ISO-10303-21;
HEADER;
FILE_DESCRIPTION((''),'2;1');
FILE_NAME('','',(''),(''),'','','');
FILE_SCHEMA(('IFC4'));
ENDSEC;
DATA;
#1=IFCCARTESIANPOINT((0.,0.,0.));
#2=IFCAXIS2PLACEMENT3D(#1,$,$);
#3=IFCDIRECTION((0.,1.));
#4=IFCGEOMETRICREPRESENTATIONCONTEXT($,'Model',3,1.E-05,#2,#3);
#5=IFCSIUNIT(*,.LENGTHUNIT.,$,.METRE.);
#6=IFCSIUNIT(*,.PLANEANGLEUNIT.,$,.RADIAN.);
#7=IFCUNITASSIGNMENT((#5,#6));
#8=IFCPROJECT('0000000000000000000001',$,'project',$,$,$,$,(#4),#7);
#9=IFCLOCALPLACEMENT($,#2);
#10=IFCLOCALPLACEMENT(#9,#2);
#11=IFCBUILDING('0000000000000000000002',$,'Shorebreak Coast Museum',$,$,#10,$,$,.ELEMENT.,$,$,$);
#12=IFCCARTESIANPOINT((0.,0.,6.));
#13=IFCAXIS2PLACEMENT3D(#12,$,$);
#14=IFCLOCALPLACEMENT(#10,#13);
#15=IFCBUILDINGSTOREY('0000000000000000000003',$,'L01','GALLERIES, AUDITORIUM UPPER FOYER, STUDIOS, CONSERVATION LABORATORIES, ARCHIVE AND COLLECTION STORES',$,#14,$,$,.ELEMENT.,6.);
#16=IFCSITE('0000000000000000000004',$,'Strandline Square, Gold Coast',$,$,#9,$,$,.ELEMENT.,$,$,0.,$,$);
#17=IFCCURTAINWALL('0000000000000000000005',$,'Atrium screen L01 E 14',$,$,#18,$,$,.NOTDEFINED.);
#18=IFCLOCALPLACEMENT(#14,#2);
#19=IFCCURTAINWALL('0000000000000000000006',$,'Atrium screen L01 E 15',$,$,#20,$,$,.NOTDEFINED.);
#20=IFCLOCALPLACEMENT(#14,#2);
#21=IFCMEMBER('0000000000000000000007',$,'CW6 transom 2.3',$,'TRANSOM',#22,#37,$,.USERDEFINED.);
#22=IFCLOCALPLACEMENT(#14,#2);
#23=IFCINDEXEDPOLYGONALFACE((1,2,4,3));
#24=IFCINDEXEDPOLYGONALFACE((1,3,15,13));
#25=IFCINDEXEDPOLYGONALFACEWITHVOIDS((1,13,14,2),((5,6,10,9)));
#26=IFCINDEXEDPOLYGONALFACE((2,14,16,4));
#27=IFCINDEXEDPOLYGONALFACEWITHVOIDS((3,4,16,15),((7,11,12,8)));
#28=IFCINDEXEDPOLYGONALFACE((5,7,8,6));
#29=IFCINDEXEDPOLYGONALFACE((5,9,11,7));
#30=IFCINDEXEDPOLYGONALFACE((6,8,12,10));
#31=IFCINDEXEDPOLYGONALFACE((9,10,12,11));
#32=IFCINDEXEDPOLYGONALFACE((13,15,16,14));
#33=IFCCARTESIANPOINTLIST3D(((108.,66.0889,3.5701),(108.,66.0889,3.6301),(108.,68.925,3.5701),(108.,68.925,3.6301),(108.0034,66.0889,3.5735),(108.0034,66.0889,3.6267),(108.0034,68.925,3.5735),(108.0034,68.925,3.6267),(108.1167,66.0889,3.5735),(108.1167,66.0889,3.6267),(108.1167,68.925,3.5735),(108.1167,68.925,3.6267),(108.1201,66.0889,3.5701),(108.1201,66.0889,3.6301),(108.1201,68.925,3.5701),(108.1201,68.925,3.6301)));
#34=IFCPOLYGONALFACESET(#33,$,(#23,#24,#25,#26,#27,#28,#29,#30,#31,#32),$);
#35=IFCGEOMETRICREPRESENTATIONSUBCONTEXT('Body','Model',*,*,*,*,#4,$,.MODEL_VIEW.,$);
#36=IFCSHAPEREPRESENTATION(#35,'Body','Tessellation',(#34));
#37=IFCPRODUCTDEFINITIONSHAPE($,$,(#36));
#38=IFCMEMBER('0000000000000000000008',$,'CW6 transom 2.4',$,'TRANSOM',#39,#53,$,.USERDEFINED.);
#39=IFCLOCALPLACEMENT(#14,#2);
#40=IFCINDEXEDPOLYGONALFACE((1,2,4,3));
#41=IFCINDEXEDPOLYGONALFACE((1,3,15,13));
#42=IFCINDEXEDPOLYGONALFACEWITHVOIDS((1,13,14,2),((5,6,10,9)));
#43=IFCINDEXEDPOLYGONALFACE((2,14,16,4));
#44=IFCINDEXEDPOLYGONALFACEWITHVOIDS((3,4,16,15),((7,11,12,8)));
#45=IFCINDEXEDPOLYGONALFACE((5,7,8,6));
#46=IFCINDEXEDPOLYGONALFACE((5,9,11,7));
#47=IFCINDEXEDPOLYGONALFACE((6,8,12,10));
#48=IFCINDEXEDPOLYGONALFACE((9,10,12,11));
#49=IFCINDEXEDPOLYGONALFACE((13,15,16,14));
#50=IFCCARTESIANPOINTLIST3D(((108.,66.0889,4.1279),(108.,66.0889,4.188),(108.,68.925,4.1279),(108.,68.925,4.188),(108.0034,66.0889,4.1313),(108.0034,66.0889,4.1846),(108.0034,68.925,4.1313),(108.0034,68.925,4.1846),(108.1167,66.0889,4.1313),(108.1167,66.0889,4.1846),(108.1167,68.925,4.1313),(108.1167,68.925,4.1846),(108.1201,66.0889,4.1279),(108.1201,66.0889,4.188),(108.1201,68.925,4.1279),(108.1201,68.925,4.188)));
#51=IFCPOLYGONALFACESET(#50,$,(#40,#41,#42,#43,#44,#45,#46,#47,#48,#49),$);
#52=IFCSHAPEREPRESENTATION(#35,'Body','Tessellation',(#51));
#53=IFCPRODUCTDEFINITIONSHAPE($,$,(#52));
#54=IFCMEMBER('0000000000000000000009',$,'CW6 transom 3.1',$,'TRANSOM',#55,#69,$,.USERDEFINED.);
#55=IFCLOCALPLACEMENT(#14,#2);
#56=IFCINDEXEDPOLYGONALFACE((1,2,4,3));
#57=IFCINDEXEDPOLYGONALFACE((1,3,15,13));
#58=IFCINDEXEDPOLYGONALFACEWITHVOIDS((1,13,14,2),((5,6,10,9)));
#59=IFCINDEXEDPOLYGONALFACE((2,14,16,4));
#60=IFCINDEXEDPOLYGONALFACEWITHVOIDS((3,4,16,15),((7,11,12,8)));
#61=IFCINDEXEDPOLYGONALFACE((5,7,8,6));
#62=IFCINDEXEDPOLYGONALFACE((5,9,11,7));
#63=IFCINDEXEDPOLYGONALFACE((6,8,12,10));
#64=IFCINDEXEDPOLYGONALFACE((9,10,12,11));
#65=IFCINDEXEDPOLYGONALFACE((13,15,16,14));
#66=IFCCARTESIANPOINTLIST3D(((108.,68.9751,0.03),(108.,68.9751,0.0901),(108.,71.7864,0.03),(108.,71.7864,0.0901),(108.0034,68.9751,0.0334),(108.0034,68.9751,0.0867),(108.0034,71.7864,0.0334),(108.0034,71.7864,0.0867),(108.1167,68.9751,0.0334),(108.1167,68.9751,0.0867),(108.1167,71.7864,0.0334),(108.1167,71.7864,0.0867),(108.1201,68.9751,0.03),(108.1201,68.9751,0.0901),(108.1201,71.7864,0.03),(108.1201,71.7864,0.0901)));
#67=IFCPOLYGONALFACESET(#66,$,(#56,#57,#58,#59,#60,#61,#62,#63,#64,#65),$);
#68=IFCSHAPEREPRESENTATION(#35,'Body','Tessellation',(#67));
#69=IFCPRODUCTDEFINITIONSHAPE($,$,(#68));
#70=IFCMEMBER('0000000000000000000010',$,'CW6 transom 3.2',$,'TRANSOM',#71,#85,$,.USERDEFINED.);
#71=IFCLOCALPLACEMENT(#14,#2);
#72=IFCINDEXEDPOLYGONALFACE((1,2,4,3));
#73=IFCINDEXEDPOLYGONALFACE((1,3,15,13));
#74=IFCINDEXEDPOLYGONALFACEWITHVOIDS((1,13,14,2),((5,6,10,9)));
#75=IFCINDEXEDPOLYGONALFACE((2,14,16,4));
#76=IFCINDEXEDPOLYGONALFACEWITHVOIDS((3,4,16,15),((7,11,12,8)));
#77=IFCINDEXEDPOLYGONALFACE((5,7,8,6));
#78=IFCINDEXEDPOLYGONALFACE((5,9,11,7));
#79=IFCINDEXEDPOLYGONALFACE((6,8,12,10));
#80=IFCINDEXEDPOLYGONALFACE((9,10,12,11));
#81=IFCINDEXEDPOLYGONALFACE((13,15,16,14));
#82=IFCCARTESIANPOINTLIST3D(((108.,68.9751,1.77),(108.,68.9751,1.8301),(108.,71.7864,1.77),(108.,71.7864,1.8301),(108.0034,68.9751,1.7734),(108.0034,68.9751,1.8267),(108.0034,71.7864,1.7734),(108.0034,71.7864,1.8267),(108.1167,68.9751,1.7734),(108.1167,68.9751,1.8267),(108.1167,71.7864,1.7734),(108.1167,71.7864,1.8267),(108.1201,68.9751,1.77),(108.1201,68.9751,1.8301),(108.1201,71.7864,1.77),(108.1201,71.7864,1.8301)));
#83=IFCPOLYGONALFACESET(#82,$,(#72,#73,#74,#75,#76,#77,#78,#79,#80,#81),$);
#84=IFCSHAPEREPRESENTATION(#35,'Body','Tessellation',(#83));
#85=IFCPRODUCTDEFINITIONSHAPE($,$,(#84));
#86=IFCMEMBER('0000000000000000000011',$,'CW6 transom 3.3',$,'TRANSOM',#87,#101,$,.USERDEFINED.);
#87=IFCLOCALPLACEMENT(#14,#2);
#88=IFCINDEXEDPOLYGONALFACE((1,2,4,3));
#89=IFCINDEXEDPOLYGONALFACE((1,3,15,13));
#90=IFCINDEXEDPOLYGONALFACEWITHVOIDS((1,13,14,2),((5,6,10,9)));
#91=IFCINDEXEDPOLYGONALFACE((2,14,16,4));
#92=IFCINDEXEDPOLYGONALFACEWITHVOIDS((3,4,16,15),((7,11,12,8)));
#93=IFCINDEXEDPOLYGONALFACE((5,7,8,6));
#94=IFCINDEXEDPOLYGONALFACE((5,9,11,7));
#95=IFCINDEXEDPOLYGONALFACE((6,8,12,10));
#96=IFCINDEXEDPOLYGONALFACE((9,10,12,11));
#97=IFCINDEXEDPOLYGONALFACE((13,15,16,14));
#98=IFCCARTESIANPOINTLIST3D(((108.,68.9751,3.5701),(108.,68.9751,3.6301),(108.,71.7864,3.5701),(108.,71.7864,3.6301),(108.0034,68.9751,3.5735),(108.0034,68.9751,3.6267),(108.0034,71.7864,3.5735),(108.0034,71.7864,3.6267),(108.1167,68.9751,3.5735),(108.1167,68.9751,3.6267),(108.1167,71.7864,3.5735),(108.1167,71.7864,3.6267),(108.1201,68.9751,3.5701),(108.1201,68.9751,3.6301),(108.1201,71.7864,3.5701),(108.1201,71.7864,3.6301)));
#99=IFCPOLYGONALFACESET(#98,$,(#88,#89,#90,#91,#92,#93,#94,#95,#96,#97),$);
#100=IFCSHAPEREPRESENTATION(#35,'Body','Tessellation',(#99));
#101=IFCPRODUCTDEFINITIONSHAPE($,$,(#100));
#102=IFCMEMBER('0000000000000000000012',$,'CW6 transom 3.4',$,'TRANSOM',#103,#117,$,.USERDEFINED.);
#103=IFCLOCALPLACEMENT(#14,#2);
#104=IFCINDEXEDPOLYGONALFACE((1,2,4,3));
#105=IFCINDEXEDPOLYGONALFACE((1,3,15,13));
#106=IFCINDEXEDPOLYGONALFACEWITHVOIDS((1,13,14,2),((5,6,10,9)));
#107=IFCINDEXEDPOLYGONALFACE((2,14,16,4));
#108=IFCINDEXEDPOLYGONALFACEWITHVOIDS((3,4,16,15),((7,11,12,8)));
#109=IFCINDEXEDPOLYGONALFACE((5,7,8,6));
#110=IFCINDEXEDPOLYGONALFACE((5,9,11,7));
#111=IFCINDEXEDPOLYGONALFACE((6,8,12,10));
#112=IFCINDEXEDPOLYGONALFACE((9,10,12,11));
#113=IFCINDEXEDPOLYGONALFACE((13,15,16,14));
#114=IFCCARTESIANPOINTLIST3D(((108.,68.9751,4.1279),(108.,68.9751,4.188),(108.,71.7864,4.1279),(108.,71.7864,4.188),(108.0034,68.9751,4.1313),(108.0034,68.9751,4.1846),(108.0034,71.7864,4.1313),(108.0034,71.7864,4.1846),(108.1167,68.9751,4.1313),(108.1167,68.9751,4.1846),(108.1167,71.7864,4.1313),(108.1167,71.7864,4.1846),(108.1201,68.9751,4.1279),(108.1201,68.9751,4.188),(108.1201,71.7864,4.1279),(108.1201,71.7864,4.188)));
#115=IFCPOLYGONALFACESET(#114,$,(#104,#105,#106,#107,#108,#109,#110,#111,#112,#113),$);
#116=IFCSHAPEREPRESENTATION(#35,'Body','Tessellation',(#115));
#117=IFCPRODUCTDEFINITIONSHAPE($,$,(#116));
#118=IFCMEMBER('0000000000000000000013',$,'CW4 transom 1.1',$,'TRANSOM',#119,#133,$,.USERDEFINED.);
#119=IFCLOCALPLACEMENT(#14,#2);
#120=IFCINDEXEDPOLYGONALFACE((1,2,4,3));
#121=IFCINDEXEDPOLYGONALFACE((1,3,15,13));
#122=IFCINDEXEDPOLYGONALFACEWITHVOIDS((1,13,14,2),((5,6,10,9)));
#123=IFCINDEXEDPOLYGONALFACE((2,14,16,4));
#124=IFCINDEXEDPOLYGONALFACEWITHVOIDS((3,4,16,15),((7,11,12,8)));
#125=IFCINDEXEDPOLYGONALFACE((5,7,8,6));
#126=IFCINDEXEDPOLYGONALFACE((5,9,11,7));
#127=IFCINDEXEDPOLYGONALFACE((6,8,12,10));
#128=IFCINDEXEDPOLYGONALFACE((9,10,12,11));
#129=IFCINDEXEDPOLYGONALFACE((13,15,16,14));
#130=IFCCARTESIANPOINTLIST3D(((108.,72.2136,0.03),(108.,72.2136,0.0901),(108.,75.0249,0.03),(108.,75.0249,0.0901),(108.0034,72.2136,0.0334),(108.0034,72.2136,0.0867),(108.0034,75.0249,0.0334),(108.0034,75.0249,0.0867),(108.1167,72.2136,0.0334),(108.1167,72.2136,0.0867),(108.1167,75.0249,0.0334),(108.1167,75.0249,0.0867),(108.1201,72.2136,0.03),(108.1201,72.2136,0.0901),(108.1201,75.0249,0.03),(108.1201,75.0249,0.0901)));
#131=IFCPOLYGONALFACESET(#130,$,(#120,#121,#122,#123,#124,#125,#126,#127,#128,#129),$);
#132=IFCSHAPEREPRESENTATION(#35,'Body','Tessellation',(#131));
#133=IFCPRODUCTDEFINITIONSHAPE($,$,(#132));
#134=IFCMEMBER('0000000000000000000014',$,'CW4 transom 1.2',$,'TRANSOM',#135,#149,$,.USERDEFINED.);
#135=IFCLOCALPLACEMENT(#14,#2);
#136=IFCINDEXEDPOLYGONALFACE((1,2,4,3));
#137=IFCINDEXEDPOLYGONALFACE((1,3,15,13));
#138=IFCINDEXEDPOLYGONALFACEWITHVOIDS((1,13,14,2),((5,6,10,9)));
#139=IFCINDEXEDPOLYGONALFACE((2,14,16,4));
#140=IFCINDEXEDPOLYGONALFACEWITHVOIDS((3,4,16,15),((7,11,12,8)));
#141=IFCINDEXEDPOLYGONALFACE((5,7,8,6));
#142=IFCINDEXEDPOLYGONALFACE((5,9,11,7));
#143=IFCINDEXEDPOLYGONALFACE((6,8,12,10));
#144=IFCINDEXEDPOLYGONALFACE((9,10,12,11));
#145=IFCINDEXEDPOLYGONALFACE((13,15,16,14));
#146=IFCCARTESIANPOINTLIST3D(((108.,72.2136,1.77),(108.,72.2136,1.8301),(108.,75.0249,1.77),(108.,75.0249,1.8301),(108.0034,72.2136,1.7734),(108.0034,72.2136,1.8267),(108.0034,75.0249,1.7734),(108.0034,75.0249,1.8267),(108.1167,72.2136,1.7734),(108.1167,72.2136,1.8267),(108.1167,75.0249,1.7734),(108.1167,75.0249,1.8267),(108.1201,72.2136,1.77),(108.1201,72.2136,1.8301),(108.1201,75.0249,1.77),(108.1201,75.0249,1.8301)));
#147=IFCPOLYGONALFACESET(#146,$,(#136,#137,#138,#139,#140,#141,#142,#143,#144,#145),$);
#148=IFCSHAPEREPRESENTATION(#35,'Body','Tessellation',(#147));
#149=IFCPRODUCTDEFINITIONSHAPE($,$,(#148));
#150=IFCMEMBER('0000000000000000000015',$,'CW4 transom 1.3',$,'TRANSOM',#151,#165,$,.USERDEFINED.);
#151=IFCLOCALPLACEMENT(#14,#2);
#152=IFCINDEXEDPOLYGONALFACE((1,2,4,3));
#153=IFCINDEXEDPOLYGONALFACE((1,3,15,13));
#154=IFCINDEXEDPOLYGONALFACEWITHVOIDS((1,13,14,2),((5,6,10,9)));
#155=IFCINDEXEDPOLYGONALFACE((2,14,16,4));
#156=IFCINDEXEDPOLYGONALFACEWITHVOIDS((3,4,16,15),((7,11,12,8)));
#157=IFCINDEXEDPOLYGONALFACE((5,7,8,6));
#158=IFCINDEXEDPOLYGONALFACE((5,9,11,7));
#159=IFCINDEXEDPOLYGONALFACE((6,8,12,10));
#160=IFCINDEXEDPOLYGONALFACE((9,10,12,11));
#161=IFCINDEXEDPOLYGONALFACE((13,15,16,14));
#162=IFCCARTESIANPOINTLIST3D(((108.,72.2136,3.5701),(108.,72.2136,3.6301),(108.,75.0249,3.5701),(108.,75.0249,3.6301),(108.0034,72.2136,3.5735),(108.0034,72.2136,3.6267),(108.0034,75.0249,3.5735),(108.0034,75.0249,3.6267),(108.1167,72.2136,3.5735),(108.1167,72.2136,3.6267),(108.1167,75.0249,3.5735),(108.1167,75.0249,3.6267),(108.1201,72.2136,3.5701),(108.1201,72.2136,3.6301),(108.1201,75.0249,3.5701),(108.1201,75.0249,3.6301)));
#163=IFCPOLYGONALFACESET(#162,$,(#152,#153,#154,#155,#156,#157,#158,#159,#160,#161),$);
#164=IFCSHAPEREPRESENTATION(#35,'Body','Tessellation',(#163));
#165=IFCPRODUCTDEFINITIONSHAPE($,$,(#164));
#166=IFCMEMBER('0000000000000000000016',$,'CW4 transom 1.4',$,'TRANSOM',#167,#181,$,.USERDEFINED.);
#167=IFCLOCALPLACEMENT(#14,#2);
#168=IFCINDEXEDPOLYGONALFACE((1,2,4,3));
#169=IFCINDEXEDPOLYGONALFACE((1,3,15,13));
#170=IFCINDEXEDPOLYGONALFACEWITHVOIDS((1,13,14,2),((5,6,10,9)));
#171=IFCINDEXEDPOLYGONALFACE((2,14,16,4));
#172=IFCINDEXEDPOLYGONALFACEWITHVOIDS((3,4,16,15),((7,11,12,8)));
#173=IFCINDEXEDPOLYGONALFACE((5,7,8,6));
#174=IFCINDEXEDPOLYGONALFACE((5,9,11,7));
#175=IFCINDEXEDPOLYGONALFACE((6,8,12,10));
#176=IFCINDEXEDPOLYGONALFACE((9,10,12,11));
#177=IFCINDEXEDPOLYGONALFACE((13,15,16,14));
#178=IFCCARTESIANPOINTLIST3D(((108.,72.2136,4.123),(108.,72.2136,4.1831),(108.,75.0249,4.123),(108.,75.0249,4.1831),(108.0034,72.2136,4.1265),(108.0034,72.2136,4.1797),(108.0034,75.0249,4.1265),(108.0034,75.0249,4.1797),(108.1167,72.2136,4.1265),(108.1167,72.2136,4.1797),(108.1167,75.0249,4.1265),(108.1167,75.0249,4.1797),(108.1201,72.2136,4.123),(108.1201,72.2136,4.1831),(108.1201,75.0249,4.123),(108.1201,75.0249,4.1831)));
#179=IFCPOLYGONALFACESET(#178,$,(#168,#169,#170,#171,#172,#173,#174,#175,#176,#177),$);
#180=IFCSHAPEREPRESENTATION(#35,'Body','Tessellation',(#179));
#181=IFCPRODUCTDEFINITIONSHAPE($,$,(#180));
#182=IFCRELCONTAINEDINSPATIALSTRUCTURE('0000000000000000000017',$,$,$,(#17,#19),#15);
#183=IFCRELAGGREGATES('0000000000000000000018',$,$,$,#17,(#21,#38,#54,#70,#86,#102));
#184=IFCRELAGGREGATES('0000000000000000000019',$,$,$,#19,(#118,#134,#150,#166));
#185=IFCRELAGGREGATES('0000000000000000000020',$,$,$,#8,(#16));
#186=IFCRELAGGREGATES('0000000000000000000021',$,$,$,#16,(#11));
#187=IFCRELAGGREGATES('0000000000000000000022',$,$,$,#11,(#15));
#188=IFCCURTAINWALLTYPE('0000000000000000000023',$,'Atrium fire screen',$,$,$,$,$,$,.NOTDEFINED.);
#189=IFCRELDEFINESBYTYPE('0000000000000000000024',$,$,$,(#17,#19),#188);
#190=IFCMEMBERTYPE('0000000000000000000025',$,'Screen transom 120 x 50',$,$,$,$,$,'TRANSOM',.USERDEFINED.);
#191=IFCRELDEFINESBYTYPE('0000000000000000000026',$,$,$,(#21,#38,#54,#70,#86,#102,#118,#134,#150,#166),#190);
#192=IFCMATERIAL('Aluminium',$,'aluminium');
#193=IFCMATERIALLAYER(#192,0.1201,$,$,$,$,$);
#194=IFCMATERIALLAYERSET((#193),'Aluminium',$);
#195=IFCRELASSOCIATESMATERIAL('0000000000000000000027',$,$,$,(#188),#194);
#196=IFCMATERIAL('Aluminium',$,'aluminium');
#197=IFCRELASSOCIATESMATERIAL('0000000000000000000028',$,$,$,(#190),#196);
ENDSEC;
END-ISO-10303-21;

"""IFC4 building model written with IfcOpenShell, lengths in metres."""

from ifc_helpers import new_model, si_unit, direction, frame, origin, origin_2d, place, context, subcontext, project, spatial, hollow_rectangle, extrude, material, layer, layer_set, material_profile, profile_set, type_object, element, aggregate, save


model = new_model("IFC4")

# Units and contexts
model_context = context("Model", 3, precision=1e-05, world=origin(), true_north=direction((0.0, 1.0)))
body_context = subcontext(model_context, "Body", "Model", "MODEL_VIEW")
ifc_project = project(units=[si_unit("LENGTHUNIT", "METRE"), si_unit("PLANEANGLEUNIT", "RADIAN")], contexts=[model_context])

# Site, building, storey
site_placement = place(None, origin())
site = spatial("IfcSite", under=ifc_project, at=site_placement, Name="Strandline Square, Gold Coast", CompositionType="ELEMENT", RefElevation=0.0)
building_placement = place(site_placement, origin())
building = spatial("IfcBuilding", under=site, at=building_placement, Name="Shorebreak Coast Museum", CompositionType="ELEMENT")
storey_placement = place(building_placement, frame((0.0, 0.0, 6.0)))
storey = spatial("IfcBuildingStorey", under=building, at=storey_placement, Name="L01", Description="GALLERIES, AUDITORIUM UPPER FOYER, STUDIOS, CONSERVATION LABORATORIES, ARCHIVE AND COLLECTION STORES", CompositionType="ELEMENT", Elevation=6.0)

# Curtain wall
ifc_material_1 = material(Name="Aluminium", Category="aluminium")
ifc_layer_1 = layer(ifc_material_1, 0.1201)
ifc_layer_set_1 = layer_set([ifc_layer_1], Name="Aluminium")
curtain_wall_type = type_object("IfcCurtainWallType", Name="Atrium fire screen", PredefinedType="NOTDEFINED", material=ifc_layer_set_1)
curtain_wall_1_placement = place(storey_placement, origin())
curtain_wall_1 = element("IfcCurtainWall", 1, at=curtain_wall_1_placement, inside=storey, type_object=curtain_wall_type, Name="Atrium screen L01 E 14", PredefinedType="NOTDEFINED")

# Curtain wall
curtain_wall_2_placement = place(storey_placement, origin())
curtain_wall_2 = element("IfcCurtainWall", 2, at=curtain_wall_2_placement, inside=storey, type_object=curtain_wall_type, Name="Atrium screen L01 E 15", PredefinedType="NOTDEFINED")

# Members
ifc_material_2 = material(Name="Aluminium", Category="aluminium")
ifc_material_profile_1 = material_profile(ifc_material_2, hollow_rectangle(XDim=0.1201, YDim=0.0601, WallThickness=0.0034, at=origin_2d()), Name="AL 60x120 RHS")
ifc_profile_set_1 = profile_set([ifc_material_profile_1], Name="Aluminium")
member_type_1 = type_object("IfcMemberType", Name="Screen transom 120 x 50", ElementType="TRANSOM", PredefinedType="USERDEFINED", material=ifc_profile_set_1)
member_1_placement = place(storey_placement, frame((108.0601, 66.0889, 3.6001), z_axis=(0.0, 1.0, 0.0), x_axis=(-1.0, 0.0, 0.0)))
member_1 = element("IfcMember", 3, at=member_1_placement, type_object=member_type_1, Name="CW6 transom 2.3", ObjectType="TRANSOM", PredefinedType="USERDEFINED", context=body_context, shape_type="SweptSolid", body=[
    extrude(hollow_rectangle(XDim=0.1201, YDim=0.0601, WallThickness=0.0034, at=origin_2d()), origin(), (0.0, 0.0, 1.0), 2.8362),
])
member_2_placement = place(storey_placement, frame((108.0601, 66.0889, 4.158), z_axis=(0.0, 1.0, 0.0), x_axis=(-1.0, 0.0, 0.0)))
member_2 = element("IfcMember", 4, at=member_2_placement, type_object=member_type_1, Name="CW6 transom 2.4", ObjectType="TRANSOM", PredefinedType="USERDEFINED", context=body_context, shape_type="SweptSolid", body=[
    extrude(hollow_rectangle(XDim=0.1201, YDim=0.0601, WallThickness=0.0034, at=origin_2d()), origin(), (0.0, 0.0, 1.0), 2.8362),
])
member_3_placement = place(storey_placement, frame((108.0601, 68.9751, 0.0601), z_axis=(0.0, 1.0, 0.0), x_axis=(-1.0, 0.0, 0.0)))
member_3 = element("IfcMember", 5, at=member_3_placement, type_object=member_type_1, Name="CW6 transom 3.1", ObjectType="TRANSOM", PredefinedType="USERDEFINED", context=body_context, shape_type="SweptSolid", body=[
    extrude(hollow_rectangle(XDim=0.1201, YDim=0.0601, WallThickness=0.0034, at=origin_2d()), origin(), (0.0, 0.0, 1.0), 2.8113),
])
member_4_placement = place(storey_placement, frame((108.0601, 68.9751, 1.8), z_axis=(0.0, 1.0, 0.0), x_axis=(-1.0, 0.0, 0.0)))
member_4 = element("IfcMember", 6, at=member_4_placement, type_object=member_type_1, Name="CW6 transom 3.2", ObjectType="TRANSOM", PredefinedType="USERDEFINED", context=body_context, shape_type="SweptSolid", body=[
    extrude(hollow_rectangle(XDim=0.1201, YDim=0.0601, WallThickness=0.0034, at=origin_2d()), origin(), (0.0, 0.0, 1.0), 2.8113),
])
member_5_placement = place(storey_placement, frame((108.0601, 68.9751, 3.6001), z_axis=(0.0, 1.0, 0.0), x_axis=(-1.0, 0.0, 0.0)))
member_5 = element("IfcMember", 7, at=member_5_placement, type_object=member_type_1, Name="CW6 transom 3.3", ObjectType="TRANSOM", PredefinedType="USERDEFINED", context=body_context, shape_type="SweptSolid", body=[
    extrude(hollow_rectangle(XDim=0.1201, YDim=0.0601, WallThickness=0.0034, at=origin_2d()), origin(), (0.0, 0.0, 1.0), 2.8113),
])
member_6_placement = place(storey_placement, frame((108.0601, 68.9751, 4.158), z_axis=(0.0, 1.0, 0.0), x_axis=(-1.0, 0.0, 0.0)))
member_6 = element("IfcMember", 8, at=member_6_placement, type_object=member_type_1, Name="CW6 transom 3.4", ObjectType="TRANSOM", PredefinedType="USERDEFINED", context=body_context, shape_type="SweptSolid", body=[
    extrude(hollow_rectangle(XDim=0.1201, YDim=0.0601, WallThickness=0.0034, at=origin_2d()), origin(), (0.0, 0.0, 1.0), 2.8113),
])
member_7_placement = place(storey_placement, frame((108.0601, 72.2136, 0.0601), z_axis=(0.0, 1.0, 0.0), x_axis=(-1.0, 0.0, 0.0)))
member_7 = element("IfcMember", 9, at=member_7_placement, type_object=member_type_1, Name="CW4 transom 1.1", ObjectType="TRANSOM", PredefinedType="USERDEFINED", context=body_context, shape_type="SweptSolid", body=[
    extrude(hollow_rectangle(XDim=0.1201, YDim=0.0601, WallThickness=0.0034, at=origin_2d()), origin(), (0.0, 0.0, 1.0), 2.8113),
])
member_8_placement = place(storey_placement, frame((108.0601, 72.2136, 1.8), z_axis=(0.0, 1.0, 0.0), x_axis=(-1.0, 0.0, 0.0)))
member_8 = element("IfcMember", 10, at=member_8_placement, type_object=member_type_1, Name="CW4 transom 1.2", ObjectType="TRANSOM", PredefinedType="USERDEFINED", context=body_context, shape_type="SweptSolid", body=[
    extrude(hollow_rectangle(XDim=0.1201, YDim=0.0601, WallThickness=0.0034, at=origin_2d()), origin(), (0.0, 0.0, 1.0), 2.8113),
])
member_9_placement = place(storey_placement, frame((108.0601, 72.2136, 3.6001), z_axis=(0.0, 1.0, 0.0), x_axis=(-1.0, 0.0, 0.0)))
member_9 = element("IfcMember", 11, at=member_9_placement, type_object=member_type_1, Name="CW4 transom 1.3", ObjectType="TRANSOM", PredefinedType="USERDEFINED", context=body_context, shape_type="SweptSolid", body=[
    extrude(hollow_rectangle(XDim=0.1201, YDim=0.0601, WallThickness=0.0034, at=origin_2d()), origin(), (0.0, 0.0, 1.0), 2.8113),
])
member_10_placement = place(storey_placement, frame((108.0601, 72.2136, 4.1531), z_axis=(0.0, 1.0, 0.0), x_axis=(-1.0, 0.0, 0.0)))
member_10 = element("IfcMember", 12, at=member_10_placement, type_object=member_type_1, Name="CW4 transom 1.4", ObjectType="TRANSOM", PredefinedType="USERDEFINED", context=body_context, shape_type="SweptSolid", body=[
    extrude(hollow_rectangle(XDim=0.1201, YDim=0.0601, WallThickness=0.0034, at=origin_2d()), origin(), (0.0, 0.0, 1.0), 2.8113),
])

aggregate(curtain_wall_1, [member_1, member_2, member_3, member_4, member_5, member_6])
aggregate(curtain_wall_2, [member_7, member_8, member_9, member_10])

save(model, "model.ifc")
